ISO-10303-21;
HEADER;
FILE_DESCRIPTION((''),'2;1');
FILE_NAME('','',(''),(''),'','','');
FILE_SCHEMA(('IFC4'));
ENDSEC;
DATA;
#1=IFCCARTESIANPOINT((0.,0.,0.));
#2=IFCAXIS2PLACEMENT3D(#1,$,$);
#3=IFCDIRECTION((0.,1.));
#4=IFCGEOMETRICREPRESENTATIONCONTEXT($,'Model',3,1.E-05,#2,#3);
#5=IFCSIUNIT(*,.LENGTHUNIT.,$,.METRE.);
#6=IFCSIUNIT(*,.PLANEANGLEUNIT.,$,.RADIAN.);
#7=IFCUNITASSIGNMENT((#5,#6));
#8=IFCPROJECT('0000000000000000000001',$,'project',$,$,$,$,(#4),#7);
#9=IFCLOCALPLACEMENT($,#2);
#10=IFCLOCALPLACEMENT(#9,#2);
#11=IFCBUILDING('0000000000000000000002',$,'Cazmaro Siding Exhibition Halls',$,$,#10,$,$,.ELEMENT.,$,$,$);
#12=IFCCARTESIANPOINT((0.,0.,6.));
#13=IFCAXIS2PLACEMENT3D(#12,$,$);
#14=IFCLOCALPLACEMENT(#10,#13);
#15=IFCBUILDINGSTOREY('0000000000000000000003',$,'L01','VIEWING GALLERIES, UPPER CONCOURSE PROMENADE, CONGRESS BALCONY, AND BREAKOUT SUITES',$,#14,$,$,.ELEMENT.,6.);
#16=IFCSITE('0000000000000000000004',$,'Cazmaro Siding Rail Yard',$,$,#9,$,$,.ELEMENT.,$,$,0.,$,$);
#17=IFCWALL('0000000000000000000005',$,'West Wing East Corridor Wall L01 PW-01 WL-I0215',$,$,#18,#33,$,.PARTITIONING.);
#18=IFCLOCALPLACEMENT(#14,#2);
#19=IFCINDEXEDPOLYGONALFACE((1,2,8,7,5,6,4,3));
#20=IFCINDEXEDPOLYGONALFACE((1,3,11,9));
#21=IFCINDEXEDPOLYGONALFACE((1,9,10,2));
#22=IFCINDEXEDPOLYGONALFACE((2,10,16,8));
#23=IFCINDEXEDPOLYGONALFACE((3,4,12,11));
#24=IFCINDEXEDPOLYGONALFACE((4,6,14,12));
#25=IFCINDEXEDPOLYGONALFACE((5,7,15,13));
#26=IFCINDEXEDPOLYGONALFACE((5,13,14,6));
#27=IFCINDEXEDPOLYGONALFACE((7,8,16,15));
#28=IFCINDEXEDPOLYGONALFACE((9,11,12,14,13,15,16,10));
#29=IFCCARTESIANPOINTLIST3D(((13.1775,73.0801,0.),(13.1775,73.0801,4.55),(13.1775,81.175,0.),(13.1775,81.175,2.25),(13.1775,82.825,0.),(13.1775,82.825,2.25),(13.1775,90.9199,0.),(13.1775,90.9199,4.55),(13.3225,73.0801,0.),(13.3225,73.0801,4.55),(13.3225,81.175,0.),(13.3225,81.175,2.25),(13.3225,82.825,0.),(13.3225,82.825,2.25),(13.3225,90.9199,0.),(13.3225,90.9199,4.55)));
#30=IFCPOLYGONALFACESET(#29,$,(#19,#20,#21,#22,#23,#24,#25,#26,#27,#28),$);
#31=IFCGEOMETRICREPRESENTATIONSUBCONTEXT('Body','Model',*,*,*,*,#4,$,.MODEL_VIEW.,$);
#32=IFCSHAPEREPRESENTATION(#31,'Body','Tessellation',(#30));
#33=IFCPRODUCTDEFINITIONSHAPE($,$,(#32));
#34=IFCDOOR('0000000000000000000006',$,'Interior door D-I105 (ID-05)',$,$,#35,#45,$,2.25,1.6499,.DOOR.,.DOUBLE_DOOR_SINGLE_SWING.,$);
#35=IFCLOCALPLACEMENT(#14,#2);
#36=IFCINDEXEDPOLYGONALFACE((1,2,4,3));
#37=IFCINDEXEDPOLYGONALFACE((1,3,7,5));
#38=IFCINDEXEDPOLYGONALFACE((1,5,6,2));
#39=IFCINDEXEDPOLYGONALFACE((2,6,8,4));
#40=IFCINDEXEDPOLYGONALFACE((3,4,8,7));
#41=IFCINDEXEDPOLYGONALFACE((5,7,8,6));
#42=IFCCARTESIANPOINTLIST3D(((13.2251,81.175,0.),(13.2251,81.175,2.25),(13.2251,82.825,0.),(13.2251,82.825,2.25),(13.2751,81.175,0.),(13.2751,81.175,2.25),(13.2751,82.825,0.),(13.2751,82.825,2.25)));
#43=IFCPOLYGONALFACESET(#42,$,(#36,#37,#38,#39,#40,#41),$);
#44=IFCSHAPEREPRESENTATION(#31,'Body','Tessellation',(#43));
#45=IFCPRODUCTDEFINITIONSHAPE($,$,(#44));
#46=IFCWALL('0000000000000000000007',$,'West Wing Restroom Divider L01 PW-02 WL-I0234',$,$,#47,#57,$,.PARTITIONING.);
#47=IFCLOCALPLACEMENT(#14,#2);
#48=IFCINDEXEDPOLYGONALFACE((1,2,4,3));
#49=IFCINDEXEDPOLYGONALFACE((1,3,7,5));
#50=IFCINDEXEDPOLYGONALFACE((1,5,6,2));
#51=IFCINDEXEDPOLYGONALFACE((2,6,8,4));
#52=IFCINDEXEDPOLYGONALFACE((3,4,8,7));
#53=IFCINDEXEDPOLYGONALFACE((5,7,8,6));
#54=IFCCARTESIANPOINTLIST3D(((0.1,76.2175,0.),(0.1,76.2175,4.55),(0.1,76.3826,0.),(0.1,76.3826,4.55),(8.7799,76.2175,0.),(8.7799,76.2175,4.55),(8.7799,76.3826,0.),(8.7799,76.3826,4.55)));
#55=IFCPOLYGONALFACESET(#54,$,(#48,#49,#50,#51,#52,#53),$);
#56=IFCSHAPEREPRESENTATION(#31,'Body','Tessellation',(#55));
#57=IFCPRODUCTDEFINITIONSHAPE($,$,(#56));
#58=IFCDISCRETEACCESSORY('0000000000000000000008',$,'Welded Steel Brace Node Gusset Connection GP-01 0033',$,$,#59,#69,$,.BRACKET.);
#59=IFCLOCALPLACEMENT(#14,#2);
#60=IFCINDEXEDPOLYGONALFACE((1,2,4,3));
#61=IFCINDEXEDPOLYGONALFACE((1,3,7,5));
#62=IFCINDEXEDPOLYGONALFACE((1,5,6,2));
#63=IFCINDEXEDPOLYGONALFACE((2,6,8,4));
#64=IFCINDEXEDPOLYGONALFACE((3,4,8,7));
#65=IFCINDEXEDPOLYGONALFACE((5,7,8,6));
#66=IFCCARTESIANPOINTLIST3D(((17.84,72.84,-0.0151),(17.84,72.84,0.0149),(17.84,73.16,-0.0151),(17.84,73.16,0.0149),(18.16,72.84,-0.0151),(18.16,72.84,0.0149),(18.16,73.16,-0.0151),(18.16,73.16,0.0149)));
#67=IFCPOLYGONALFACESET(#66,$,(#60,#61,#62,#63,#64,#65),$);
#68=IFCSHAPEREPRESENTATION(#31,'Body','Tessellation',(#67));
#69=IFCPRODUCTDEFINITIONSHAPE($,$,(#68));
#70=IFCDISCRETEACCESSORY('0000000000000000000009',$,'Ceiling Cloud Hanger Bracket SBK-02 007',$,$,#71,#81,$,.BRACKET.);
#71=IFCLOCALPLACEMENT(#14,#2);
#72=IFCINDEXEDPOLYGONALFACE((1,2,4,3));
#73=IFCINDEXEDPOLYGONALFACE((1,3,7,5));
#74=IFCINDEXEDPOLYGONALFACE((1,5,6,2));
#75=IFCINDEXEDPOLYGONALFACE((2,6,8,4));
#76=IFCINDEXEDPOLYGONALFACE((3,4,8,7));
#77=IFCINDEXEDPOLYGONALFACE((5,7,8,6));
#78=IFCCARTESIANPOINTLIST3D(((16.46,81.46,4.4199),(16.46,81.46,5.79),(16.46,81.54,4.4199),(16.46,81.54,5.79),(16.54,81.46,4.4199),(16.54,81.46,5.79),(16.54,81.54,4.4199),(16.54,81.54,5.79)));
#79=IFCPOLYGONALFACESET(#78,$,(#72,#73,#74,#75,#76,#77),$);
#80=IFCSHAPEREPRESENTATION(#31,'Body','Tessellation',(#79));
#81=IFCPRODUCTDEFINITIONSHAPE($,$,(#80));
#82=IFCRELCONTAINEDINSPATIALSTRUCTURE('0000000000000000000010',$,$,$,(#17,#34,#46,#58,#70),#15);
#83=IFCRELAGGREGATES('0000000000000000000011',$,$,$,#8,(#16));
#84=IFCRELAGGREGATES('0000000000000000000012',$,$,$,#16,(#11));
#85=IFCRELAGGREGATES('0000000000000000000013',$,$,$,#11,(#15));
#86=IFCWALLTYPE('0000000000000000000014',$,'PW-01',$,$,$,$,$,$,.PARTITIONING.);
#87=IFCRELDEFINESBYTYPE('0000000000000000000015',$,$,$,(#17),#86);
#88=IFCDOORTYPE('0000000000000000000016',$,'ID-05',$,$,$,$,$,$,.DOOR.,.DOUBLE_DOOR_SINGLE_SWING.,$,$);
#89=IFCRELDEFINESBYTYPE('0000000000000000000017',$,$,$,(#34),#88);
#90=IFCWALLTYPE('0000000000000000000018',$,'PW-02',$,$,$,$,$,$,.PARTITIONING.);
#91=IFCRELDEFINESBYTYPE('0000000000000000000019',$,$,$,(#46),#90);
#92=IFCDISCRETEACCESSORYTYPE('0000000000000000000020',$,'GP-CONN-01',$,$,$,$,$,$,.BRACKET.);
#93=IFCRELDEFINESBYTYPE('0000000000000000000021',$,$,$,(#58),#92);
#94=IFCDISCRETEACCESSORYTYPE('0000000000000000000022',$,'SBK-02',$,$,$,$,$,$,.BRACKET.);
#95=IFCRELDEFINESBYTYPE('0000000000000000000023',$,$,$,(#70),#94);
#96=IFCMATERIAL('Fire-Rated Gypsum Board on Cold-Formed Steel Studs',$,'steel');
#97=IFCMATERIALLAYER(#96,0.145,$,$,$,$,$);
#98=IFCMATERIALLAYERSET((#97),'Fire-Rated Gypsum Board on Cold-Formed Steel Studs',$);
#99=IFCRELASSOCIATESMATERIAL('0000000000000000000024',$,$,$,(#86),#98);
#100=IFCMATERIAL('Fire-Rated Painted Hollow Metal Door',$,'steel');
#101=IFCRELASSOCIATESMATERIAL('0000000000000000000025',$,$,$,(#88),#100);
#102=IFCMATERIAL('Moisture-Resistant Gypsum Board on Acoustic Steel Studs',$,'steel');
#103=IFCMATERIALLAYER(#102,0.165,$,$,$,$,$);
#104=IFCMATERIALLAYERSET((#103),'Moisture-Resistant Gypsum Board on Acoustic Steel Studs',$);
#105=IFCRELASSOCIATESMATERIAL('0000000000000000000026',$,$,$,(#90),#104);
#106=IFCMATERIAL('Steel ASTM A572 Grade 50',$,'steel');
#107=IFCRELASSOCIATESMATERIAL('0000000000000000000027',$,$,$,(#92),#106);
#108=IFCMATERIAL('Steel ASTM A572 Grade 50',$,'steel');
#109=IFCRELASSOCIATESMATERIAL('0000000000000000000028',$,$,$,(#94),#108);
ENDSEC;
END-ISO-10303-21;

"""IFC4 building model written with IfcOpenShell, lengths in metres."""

from ifc_helpers import new_model, si_unit, direction, frame, frame_2d, origin, origin_2d, place, context, subcontext, project, spatial, rectangle, extrude, material, layer, layer_set, type_object, element, fill, save


model = new_model("IFC4")

# Units and contexts
model_context = context("Model", 3, precision=1e-05, world=origin(), true_north=direction((0.0, 1.0)))
body_context = subcontext(model_context, "Body", "Model", "MODEL_VIEW")
ifc_project = project(units=[si_unit("LENGTHUNIT", "METRE"), si_unit("PLANEANGLEUNIT", "RADIAN")], contexts=[model_context])

# Site, building, storey
site_placement = place(None, origin())
site = spatial("IfcSite", under=ifc_project, at=site_placement, Name="Cazmaro Siding Rail Yard", CompositionType="ELEMENT", RefElevation=0.0)
building_placement = place(site_placement, origin())
building = spatial("IfcBuilding", under=site, at=building_placement, Name="Cazmaro Siding Exhibition Halls", CompositionType="ELEMENT")
storey_placement = place(building_placement, frame((0.0, 0.0, 6.0)))
storey = spatial("IfcBuildingStorey", under=building, at=storey_placement, Name="L01", Description="VIEWING GALLERIES, UPPER CONCOURSE PROMENADE, CONGRESS BALCONY, AND BREAKOUT SUITES", CompositionType="ELEMENT", Elevation=6.0)

# Wall, opening, door
ifc_material_1 = material(Name="Fire-Rated Gypsum Board on Cold-Formed Steel Studs", Category="steel")
ifc_layer_1 = layer(ifc_material_1, 0.145)
ifc_layer_set_1 = layer_set([ifc_layer_1], Name="Fire-Rated Gypsum Board on Cold-Formed Steel Studs")
wall_type_1 = type_object("IfcWallType", Name="PW-01", PredefinedType="PARTITIONING", material=ifc_layer_set_1)
wall_1_placement = place(storey_placement, frame((13.25, 73.0801, 0.0), z_axis=(0.0, 0.0, 1.0), x_axis=(0.0, 1.0, 0.0)))
wall_1 = element("IfcWall", 1, at=wall_1_placement, inside=storey, type_object=wall_type_1, Name="West Wing East Corridor Wall L01 PW-01 WL-I0215", PredefinedType="PARTITIONING", context=body_context, shape_type="SweptSolid", body=[
    extrude(rectangle(XDim=17.8398, YDim=0.145, at=frame_2d((8.9199, 0.0))), origin(), (0.0, 0.0, 1.0), 4.55),
])
opening_placement = place(wall_1_placement, frame((8.095, 0.0, 0.0)))
opening = element("IfcOpeningElement", 2, at=opening_placement, cuts=wall_1, PredefinedType="OPENING", context=body_context, shape_type="SweptSolid", body=[
    extrude(rectangle(XDim=1.6499, YDim=2.25, at=frame_2d((0.825, 1.125))), frame((0.0, 0.0825, 0.0), z_axis=(0.0, -1.0, 0.0), x_axis=(1.0, 0.0, 0.0)), (0.0, 0.0, 1.0), 0.165),
])
ifc_material_2 = material(Name="Fire-Rated Painted Hollow Metal Door", Category="steel")
door_type = type_object("IfcDoorType", Name="ID-05", OperationType="DOUBLE_DOOR_SINGLE_SWING", PredefinedType="DOOR", material=ifc_material_2)
door_placement = place(opening_placement, origin())
door = element("IfcDoor", 3, at=door_placement, inside=storey, type_object=door_type, Name="Interior door D-I105 (ID-05)", OperationType="DOUBLE_DOOR_SINGLE_SWING", OverallHeight=2.25, OverallWidth=1.6499, PredefinedType="DOOR", context=body_context, shape_type="SweptSolid", body=[
    extrude(rectangle(XDim=1.6499, YDim=2.25, at=frame_2d((0.825, 1.125))), frame((0.0, 0.0249, 0.0), z_axis=(0.0, -1.0, 0.0), x_axis=(1.0, 0.0, 0.0)), (0.0, 0.0, 1.0), 0.05),
])
fill(opening, door)

# Wall
ifc_material_3 = material(Name="Moisture-Resistant Gypsum Board on Acoustic Steel Studs", Category="steel")
ifc_layer_2 = layer(ifc_material_3, 0.165)
ifc_layer_set_2 = layer_set([ifc_layer_2], Name="Moisture-Resistant Gypsum Board on Acoustic Steel Studs")
wall_type_2 = type_object("IfcWallType", Name="PW-02", PredefinedType="PARTITIONING", material=ifc_layer_set_2)
wall_2_placement = place(storey_placement, frame((0.1001, 76.3, 0.0), z_axis=(0.0, 0.0, 1.0), x_axis=(1.0, 0.0, 0.0)))
element("IfcWall", 4, at=wall_2_placement, inside=storey, type_object=wall_type_2, Name="West Wing Restroom Divider L01 PW-02 WL-I0234", PredefinedType="PARTITIONING", context=body_context, shape_type="SweptSolid", body=[
    extrude(rectangle(XDim=8.6799, YDim=0.165, at=frame_2d((4.3398, 0.0))), origin(), (0.0, 0.0, 1.0), 4.55),
])

# Discrete accessories
ifc_material_4 = material(Name="Steel ASTM A572 Grade 50", Category="steel")
discrete_accessory_type_1 = type_object("IfcDiscreteAccessoryType", Name="GP-CONN-01", PredefinedType="BRACKET", material=ifc_material_4)
discrete_accessory_1_placement = place(storey_placement, frame((18.0, 73.0, -0.0151), z_axis=(0.0, 0.0, 1.0), x_axis=(1.0, 0.0, 0.0)))
element("IfcDiscreteAccessory", 5, at=discrete_accessory_1_placement, inside=storey, type_object=discrete_accessory_type_1, Name="Welded Steel Brace Node Gusset Connection GP-01 0033", PredefinedType="BRACKET", context=body_context, shape_type="SweptSolid", body=[
    extrude(rectangle(XDim=0.3201, YDim=0.3201, at=origin_2d()), origin(), (0.0, 0.0, 1.0), 0.03),
])
ifc_material_5 = material(Name="Steel ASTM A572 Grade 50", Category="steel")
discrete_accessory_type_2 = type_object("IfcDiscreteAccessoryType", Name="SBK-02", PredefinedType="BRACKET", material=ifc_material_5)
discrete_accessory_2_placement = place(storey_placement, frame((16.5, 81.5, 4.4199), z_axis=(0.0, 0.0, 1.0), x_axis=(1.0, 0.0, 0.0)))
element("IfcDiscreteAccessory", 6, at=discrete_accessory_2_placement, inside=storey, type_object=discrete_accessory_type_2, Name="Ceiling Cloud Hanger Bracket SBK-02 007", PredefinedType="BRACKET", context=body_context, shape_type="SweptSolid", body=[
    extrude(rectangle(XDim=0.0801, YDim=0.0801, at=origin_2d()), origin(), (0.0, 0.0, 1.0), 1.3701),
])

save(model, "model.ifc")
